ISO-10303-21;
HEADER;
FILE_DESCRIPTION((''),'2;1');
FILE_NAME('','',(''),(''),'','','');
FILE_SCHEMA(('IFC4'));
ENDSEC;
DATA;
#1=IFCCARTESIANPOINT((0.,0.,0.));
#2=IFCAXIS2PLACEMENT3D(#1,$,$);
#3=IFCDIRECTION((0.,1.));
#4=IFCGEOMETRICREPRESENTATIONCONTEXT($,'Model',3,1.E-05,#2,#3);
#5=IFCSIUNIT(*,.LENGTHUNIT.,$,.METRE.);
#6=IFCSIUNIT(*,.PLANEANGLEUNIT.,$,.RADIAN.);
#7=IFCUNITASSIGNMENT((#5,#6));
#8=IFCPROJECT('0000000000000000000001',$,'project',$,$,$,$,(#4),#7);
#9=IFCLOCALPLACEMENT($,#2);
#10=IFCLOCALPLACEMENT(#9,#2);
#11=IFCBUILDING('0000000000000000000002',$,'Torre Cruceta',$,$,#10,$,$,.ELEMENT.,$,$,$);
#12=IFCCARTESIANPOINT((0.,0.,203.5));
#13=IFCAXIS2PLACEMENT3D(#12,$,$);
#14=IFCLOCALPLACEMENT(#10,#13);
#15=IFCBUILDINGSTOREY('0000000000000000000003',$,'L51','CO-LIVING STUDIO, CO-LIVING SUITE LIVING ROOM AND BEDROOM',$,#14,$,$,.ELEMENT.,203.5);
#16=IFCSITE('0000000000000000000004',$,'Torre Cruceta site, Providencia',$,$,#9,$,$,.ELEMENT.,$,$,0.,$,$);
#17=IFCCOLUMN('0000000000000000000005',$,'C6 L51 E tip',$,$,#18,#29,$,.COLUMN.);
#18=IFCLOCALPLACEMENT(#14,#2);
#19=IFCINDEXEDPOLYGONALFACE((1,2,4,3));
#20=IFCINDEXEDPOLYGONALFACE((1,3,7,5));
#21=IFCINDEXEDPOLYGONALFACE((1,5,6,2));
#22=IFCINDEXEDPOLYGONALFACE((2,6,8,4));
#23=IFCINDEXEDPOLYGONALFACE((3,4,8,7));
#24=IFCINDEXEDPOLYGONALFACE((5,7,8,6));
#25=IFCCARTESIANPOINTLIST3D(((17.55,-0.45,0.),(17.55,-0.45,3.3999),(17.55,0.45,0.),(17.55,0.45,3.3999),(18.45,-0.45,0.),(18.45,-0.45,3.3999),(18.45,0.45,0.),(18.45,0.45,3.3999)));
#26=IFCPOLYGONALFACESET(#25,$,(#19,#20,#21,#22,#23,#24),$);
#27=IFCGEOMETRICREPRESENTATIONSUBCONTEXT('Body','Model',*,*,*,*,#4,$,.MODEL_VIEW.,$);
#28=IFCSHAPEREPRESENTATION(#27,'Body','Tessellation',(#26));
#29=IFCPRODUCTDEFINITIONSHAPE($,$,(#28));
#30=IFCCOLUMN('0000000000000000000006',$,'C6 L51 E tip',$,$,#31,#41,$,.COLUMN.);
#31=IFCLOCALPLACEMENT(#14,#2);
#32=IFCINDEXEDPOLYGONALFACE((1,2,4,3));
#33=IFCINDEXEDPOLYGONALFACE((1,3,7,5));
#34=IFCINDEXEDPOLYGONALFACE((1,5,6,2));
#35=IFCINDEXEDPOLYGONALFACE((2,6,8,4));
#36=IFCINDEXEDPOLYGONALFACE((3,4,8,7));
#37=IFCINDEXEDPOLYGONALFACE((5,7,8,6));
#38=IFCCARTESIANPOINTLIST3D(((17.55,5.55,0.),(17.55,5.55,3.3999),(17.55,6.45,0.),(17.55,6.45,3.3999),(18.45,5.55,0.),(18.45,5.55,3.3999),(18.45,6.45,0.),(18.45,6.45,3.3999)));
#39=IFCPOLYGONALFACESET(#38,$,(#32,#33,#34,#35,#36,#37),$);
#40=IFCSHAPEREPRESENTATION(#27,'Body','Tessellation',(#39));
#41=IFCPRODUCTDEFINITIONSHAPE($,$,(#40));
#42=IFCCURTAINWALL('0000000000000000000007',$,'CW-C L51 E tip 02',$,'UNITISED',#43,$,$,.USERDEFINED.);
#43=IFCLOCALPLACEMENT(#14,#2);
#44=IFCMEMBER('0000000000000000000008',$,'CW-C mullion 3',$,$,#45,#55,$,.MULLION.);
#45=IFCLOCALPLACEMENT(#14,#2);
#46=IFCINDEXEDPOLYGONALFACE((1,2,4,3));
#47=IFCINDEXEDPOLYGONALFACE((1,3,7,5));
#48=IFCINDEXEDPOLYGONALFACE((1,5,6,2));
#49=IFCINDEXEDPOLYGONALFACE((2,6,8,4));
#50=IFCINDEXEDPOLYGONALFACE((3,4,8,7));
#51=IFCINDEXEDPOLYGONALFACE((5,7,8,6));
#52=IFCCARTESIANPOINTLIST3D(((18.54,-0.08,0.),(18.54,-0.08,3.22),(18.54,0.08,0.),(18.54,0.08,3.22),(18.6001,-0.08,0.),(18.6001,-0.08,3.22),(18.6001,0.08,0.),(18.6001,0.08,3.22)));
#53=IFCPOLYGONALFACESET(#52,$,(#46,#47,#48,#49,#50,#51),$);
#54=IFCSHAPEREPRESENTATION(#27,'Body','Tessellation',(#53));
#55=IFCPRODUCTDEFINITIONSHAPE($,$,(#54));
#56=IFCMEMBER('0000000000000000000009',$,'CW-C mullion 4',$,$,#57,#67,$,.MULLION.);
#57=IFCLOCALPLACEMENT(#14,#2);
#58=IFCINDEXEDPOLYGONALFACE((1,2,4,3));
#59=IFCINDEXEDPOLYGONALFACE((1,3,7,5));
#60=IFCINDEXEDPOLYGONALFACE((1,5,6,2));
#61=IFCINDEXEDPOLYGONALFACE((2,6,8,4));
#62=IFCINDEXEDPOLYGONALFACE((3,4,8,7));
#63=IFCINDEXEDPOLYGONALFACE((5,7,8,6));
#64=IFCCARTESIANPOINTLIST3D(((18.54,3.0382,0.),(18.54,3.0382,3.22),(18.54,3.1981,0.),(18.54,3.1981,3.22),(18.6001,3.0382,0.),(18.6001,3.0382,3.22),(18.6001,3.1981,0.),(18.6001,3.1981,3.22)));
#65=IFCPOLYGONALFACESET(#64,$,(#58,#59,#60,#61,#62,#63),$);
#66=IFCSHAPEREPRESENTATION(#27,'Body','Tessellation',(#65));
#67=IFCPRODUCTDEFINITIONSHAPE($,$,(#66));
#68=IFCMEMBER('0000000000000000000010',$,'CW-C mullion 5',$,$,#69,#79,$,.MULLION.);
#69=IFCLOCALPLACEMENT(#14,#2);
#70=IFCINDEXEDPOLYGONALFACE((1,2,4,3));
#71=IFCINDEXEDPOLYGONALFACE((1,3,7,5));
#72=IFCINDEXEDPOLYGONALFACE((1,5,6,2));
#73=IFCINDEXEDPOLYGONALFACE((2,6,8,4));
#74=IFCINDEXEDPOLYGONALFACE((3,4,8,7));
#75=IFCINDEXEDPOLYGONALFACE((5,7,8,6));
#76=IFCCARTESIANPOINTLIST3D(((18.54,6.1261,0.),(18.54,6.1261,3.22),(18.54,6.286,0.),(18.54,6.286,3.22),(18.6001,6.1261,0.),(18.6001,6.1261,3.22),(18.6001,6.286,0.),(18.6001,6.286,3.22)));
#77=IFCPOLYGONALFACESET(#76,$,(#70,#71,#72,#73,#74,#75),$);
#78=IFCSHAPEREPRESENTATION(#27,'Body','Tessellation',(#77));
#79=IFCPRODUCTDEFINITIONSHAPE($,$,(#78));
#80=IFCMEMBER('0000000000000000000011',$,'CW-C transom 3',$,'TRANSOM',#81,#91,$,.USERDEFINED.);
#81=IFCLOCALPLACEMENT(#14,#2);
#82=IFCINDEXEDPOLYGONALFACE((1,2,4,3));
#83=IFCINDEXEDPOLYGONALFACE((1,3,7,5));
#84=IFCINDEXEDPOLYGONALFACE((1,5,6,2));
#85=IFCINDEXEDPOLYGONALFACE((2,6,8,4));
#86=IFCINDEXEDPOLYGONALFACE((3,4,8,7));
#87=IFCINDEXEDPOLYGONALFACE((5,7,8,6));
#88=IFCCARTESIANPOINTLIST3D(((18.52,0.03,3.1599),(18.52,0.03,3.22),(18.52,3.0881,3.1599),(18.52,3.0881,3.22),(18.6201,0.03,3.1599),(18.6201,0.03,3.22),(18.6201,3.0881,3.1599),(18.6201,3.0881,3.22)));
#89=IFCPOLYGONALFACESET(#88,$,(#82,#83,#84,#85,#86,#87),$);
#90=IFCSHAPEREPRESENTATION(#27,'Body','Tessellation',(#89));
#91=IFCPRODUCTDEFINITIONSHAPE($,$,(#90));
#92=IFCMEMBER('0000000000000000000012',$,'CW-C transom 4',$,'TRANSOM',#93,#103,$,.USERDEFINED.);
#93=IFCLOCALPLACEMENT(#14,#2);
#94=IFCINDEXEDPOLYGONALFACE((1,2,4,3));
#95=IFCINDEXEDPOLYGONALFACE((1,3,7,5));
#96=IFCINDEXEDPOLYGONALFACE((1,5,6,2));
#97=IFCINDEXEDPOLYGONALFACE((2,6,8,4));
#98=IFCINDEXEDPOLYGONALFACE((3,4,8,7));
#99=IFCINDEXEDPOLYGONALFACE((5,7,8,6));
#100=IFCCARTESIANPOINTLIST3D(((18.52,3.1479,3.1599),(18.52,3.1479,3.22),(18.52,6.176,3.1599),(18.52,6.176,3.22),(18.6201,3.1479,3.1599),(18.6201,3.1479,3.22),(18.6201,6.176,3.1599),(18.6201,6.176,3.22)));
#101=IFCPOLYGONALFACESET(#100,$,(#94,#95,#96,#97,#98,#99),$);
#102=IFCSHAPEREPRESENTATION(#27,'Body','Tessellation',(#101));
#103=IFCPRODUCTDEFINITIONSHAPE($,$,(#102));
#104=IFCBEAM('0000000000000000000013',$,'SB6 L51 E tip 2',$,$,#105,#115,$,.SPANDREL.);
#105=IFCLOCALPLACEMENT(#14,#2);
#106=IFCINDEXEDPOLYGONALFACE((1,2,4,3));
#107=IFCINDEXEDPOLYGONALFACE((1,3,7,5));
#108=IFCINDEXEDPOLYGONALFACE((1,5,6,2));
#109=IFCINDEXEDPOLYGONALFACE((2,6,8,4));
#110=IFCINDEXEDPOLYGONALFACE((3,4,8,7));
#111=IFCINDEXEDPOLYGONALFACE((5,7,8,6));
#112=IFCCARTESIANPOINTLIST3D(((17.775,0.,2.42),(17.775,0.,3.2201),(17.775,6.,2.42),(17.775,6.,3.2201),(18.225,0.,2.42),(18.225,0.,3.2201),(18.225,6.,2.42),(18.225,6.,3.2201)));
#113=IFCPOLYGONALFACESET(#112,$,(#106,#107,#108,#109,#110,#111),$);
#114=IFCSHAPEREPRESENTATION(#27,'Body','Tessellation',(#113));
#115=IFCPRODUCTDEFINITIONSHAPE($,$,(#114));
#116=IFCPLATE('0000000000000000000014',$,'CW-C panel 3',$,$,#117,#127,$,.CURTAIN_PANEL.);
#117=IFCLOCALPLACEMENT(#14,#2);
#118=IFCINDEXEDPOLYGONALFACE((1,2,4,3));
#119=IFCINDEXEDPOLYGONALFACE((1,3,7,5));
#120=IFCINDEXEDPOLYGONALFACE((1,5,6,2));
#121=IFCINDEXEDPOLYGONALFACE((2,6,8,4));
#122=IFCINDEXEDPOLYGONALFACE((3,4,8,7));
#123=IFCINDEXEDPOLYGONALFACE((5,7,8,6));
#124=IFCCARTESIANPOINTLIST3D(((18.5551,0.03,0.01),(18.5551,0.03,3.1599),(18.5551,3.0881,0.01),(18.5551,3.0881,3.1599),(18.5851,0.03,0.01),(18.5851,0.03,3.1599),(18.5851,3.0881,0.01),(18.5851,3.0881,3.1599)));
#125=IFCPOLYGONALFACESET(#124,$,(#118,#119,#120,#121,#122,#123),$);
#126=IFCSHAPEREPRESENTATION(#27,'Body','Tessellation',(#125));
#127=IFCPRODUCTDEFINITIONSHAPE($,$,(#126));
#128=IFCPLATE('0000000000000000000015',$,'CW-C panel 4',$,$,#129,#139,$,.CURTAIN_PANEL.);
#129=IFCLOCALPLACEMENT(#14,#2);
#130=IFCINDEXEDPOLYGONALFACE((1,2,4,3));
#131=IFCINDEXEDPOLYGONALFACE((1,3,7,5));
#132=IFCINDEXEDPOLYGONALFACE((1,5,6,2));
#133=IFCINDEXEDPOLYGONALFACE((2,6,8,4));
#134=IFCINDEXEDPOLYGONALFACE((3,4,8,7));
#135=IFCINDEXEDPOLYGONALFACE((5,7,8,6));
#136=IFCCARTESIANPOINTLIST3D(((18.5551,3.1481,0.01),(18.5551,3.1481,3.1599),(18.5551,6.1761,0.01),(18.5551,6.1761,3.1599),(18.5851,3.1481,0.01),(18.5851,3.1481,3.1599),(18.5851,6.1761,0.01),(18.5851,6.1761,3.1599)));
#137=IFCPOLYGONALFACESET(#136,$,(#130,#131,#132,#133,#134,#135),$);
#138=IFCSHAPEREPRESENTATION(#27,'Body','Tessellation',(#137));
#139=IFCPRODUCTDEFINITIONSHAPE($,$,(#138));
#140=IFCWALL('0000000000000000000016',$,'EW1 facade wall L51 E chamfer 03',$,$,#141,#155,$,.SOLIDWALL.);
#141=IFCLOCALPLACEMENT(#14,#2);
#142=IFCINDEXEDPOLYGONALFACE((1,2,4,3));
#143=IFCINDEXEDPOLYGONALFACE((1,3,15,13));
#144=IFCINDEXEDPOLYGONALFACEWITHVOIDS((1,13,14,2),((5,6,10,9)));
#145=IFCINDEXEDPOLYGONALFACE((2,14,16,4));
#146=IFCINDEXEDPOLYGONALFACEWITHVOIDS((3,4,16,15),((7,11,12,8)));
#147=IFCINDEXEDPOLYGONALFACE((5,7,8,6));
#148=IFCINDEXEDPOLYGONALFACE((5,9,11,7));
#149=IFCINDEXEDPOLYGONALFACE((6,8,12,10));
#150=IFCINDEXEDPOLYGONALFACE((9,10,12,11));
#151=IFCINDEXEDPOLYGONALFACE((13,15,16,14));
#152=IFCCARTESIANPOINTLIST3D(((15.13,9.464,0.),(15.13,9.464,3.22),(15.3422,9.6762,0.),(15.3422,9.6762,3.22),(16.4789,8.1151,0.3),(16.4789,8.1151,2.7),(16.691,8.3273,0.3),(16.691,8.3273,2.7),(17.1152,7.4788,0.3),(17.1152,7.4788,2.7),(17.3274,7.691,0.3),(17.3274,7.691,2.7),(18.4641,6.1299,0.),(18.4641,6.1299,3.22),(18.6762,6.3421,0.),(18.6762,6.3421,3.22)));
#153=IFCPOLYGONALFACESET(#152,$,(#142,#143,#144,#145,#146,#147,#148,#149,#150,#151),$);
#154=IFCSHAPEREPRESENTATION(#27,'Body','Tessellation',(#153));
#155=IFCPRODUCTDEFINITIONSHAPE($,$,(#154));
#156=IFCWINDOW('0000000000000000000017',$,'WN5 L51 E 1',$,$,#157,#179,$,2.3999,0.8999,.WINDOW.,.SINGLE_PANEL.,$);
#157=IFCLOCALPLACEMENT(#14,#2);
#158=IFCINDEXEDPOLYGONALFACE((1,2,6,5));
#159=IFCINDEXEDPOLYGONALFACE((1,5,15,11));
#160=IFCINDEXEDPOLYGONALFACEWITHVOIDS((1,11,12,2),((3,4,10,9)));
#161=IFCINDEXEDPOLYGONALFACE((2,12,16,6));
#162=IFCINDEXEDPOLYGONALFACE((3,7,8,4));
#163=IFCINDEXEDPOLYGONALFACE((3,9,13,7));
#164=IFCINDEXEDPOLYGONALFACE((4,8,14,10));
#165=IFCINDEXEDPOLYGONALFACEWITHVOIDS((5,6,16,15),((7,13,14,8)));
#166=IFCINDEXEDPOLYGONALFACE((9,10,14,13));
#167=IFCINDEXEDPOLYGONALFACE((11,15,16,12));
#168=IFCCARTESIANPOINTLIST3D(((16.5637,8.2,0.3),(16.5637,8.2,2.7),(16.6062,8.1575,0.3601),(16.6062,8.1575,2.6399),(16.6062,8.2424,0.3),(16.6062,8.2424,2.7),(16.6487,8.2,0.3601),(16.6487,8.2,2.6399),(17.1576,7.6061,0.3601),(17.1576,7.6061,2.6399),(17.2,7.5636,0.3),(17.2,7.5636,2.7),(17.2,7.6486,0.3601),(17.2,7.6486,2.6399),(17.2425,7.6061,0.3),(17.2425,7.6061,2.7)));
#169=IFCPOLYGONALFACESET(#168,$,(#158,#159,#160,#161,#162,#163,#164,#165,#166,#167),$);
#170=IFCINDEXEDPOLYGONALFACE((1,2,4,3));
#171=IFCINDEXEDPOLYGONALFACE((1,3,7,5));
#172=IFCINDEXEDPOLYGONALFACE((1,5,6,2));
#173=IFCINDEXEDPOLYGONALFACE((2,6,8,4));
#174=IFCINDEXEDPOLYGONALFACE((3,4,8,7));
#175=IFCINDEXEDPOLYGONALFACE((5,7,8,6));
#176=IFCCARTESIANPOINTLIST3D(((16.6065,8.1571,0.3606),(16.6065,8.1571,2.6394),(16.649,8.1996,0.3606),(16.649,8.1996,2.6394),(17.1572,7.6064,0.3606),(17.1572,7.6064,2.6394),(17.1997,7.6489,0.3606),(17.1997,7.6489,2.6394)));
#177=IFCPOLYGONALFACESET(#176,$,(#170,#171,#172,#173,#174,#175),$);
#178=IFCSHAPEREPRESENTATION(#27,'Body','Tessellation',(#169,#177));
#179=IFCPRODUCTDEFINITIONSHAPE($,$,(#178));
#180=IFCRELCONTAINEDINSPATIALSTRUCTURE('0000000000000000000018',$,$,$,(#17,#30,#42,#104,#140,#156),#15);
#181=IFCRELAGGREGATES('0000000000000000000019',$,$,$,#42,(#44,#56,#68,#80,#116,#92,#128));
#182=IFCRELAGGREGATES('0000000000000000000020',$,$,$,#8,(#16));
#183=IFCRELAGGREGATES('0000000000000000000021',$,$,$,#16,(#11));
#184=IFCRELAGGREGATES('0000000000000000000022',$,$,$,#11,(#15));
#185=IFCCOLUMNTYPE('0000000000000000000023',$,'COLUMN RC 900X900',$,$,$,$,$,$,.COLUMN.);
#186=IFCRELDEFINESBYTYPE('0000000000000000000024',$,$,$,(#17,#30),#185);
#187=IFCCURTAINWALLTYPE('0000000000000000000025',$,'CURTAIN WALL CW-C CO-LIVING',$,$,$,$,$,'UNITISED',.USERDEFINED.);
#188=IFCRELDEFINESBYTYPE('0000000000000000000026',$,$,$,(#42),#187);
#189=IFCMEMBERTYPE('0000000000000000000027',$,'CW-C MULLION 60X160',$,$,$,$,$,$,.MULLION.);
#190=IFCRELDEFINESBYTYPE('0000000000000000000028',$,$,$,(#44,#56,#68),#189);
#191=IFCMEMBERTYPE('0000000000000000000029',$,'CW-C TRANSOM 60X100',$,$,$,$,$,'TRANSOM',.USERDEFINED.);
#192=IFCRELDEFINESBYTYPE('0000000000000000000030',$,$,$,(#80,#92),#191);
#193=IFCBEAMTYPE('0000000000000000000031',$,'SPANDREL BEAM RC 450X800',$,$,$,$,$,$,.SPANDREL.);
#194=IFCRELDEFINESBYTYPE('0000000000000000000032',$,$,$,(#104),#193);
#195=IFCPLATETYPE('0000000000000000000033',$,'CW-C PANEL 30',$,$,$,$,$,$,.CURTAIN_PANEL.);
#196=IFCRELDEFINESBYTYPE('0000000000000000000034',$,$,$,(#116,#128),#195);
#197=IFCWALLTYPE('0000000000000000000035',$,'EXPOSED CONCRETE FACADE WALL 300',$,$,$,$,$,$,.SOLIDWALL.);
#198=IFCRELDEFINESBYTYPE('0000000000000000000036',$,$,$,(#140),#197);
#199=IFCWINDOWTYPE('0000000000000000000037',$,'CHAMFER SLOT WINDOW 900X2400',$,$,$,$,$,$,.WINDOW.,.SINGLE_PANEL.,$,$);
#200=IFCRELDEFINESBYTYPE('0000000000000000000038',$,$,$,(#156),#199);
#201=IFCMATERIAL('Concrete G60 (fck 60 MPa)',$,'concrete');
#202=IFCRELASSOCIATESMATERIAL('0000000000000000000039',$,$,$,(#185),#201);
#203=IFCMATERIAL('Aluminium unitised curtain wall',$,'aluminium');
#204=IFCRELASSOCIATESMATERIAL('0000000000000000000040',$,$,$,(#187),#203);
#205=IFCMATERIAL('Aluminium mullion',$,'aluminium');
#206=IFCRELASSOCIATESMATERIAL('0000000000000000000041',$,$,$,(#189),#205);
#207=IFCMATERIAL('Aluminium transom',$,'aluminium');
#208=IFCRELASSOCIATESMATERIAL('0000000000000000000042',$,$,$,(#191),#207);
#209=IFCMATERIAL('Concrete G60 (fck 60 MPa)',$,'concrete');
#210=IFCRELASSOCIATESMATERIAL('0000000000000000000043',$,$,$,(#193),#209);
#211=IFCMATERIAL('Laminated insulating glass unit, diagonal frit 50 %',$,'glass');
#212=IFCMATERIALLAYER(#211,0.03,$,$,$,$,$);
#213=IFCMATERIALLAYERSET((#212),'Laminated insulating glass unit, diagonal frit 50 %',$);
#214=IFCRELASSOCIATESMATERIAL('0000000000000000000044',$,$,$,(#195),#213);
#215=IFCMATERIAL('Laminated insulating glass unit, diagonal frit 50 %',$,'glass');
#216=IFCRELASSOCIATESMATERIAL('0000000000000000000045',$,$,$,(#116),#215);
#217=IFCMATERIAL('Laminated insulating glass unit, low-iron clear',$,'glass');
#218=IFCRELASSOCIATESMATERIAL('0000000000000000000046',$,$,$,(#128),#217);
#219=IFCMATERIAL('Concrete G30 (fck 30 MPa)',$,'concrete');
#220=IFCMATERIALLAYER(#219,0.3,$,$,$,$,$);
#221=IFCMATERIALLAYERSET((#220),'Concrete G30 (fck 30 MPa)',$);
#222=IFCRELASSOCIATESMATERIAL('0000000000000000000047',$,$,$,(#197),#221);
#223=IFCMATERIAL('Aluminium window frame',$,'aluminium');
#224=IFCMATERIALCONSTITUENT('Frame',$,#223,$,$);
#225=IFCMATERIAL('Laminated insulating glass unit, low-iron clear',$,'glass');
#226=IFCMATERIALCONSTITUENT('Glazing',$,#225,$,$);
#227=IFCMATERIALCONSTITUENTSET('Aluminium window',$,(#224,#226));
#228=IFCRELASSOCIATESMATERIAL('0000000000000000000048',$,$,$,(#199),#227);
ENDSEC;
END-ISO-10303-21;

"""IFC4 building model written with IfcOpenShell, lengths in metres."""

from ifc_helpers import new_model, si_unit, direction, frame, frame_2d, origin, origin_2d, place, context, subcontext, project, spatial, rectangle, hollow_rectangle, extrude, material, layer, layer_set, constituent, constituent_set, material_profile, profile_set, type_object, element, fill, aggregate, save


model = new_model("IFC4")

# Units and contexts
model_context = context("Model", 3, precision=1e-05, world=origin(), true_north=direction((0.0, 1.0)))
body_context = subcontext(model_context, "Body", "Model", "MODEL_VIEW")
ifc_project = project(units=[si_unit("LENGTHUNIT", "METRE"), si_unit("PLANEANGLEUNIT", "RADIAN")], contexts=[model_context])

# Site, building, storey
site_placement = place(None, origin())
site = spatial("IfcSite", under=ifc_project, at=site_placement, Name="Torre Cruceta site, Providencia", CompositionType="ELEMENT", RefElevation=0.0)
building_placement = place(site_placement, origin())
building = spatial("IfcBuilding", under=site, at=building_placement, Name="Torre Cruceta", CompositionType="ELEMENT")
storey_placement = place(building_placement, frame((0.0, 0.0, 203.5)))
storey = spatial("IfcBuildingStorey", under=building, at=storey_placement, Name="L51", Description="CO-LIVING STUDIO, CO-LIVING SUITE LIVING ROOM AND BEDROOM", CompositionType="ELEMENT", Elevation=203.5)

# Columns
ifc_material_1 = material(Name="Concrete G60 (fck 60 MPa)", Category="concrete")
ifc_material_profile_1 = material_profile(ifc_material_1, rectangle(XDim=0.8999, YDim=0.8999, at=origin_2d()), Name="RC 900X900")
ifc_profile_set_1 = profile_set([ifc_material_profile_1], Name="Concrete G60 (fck 60 MPa)")
column_type = type_object("IfcColumnType", Name="COLUMN RC 900X900", PredefinedType="COLUMN", material=ifc_profile_set_1)
for number, where, z_axis, x_axis, name in (
    (1, (18.0, 0.0, 0.0), (0.0, 0.0, 1.0), (1.0, 0.0, 0.0), "C6 L51 E tip"),
    (2, (18.0, 6.0, 0.0), (0.0, 0.0, 1.0), (1.0, 0.0, 0.0), "C6 L51 E tip"),
):
    element("IfcColumn", number, at=place(storey_placement, frame(where, z_axis=z_axis, x_axis=x_axis)), inside=storey, type_object=column_type, Name=name, PredefinedType="COLUMN", context=body_context, shape_type="SweptSolid", body=[
        extrude(rectangle(XDim=0.8999, YDim=0.8999, at=origin_2d()), origin(), (0.0, 0.0, 1.0), 3.3999),
    ])

# Curtain wall, members
ifc_material_2 = material(Name="Aluminium unitised curtain wall", Category="aluminium")
curtain_wall_type = type_object("IfcCurtainWallType", Name="CURTAIN WALL CW-C CO-LIVING", ElementType="UNITISED", PredefinedType="USERDEFINED", material=ifc_material_2)
curtain_wall_placement = place(storey_placement, origin())
curtain_wall = element("IfcCurtainWall", 3, at=curtain_wall_placement, inside=storey, type_object=curtain_wall_type, Name="CW-C L51 E tip 02", ObjectType="UNITISED", PredefinedType="USERDEFINED")
ifc_material_3 = material(Name="Aluminium mullion", Category="aluminium")
ifc_material_profile_2 = material_profile(ifc_material_3, rectangle(XDim=0.0601, YDim=0.1599, at=origin_2d()), Name="AL 60X160")
ifc_profile_set_2 = profile_set([ifc_material_profile_2], Name="Aluminium mullion")
member_type_1 = type_object("IfcMemberType", Name="CW-C MULLION 60X160", PredefinedType="MULLION", material=ifc_profile_set_2)
member_1_placement = place(storey_placement, frame((18.5701, 0.0, 0.0), z_axis=(0.0, 0.0, 1.0), x_axis=(-1.0, 0.0, 0.0)))
member_1 = element("IfcMember", 4, at=member_1_placement, type_object=member_type_1, Name="CW-C mullion 3", PredefinedType="MULLION", context=body_context, shape_type="SweptSolid", body=[
    extrude(rectangle(XDim=0.0601, YDim=0.1599, at=origin_2d()), origin(), (0.0, 0.0, 1.0), 3.22),
])
member_2_placement = place(storey_placement, frame((18.5701, 3.1182, 0.0), z_axis=(0.0, 0.0, 1.0), x_axis=(-1.0, 0.0, 0.0)))
member_2 = element("IfcMember", 5, at=member_2_placement, type_object=member_type_1, Name="CW-C mullion 4", PredefinedType="MULLION", context=body_context, shape_type="SweptSolid", body=[
    extrude(rectangle(XDim=0.0601, YDim=0.1599, at=origin_2d()), origin(), (0.0, 0.0, 1.0), 3.22),
])
member_3_placement = place(storey_placement, frame((18.5701, 6.2061, 0.0), z_axis=(0.0, 0.0, 1.0), x_axis=(-1.0, 0.0, 0.0)))
member_3 = element("IfcMember", 6, at=member_3_placement, type_object=member_type_1, Name="CW-C mullion 5", PredefinedType="MULLION", context=body_context, shape_type="SweptSolid", body=[
    extrude(rectangle(XDim=0.0601, YDim=0.1599, at=origin_2d()), origin(), (0.0, 0.0, 1.0), 3.22),
])
ifc_material_4 = material(Name="Aluminium transom", Category="aluminium")
ifc_material_profile_3 = material_profile(ifc_material_4, rectangle(XDim=0.1001, YDim=0.0601, at=origin_2d()), Name="AL 100X60")
ifc_profile_set_3 = profile_set([ifc_material_profile_3], Name="Aluminium transom")
member_type_2 = type_object("IfcMemberType", Name="CW-C TRANSOM 60X100", ElementType="TRANSOM", PredefinedType="USERDEFINED", material=ifc_profile_set_3)
member_4_placement = place(storey_placement, frame((18.5701, 0.03, 3.1899), z_axis=(0.0, 1.0, 0.0), x_axis=(-1.0, 0.0, 0.0)))
member_4 = element("IfcMember", 7, at=member_4_placement, type_object=member_type_2, Name="CW-C transom 3", ObjectType="TRANSOM", PredefinedType="USERDEFINED", context=body_context, shape_type="SweptSolid", body=[
    extrude(rectangle(XDim=0.1001, YDim=0.0601, at=origin_2d()), origin(), (0.0, 0.0, 1.0), 3.0581),
])
member_5_placement = place(storey_placement, frame((18.5701, 3.1479, 3.1899), z_axis=(0.0, 1.0, 0.0), x_axis=(-1.0, 0.0, 0.0)))
member_5 = element("IfcMember", 8, at=member_5_placement, type_object=member_type_2, Name="CW-C transom 4", ObjectType="TRANSOM", PredefinedType="USERDEFINED", context=body_context, shape_type="SweptSolid", body=[
    extrude(rectangle(XDim=0.1001, YDim=0.0601, at=origin_2d()), origin(), (0.0, 0.0, 1.0), 3.0281),
])

# Beam
ifc_material_5 = material(Name="Concrete G60 (fck 60 MPa)", Category="concrete")
ifc_material_profile_4 = material_profile(ifc_material_5, rectangle(XDim=0.45, YDim=0.8, at=origin_2d()), Name="RC 450X800")
ifc_profile_set_4 = profile_set([ifc_material_profile_4], Name="Concrete G60 (fck 60 MPa)")
beam_type = type_object("IfcBeamType", Name="SPANDREL BEAM RC 450X800", PredefinedType="SPANDREL", material=ifc_profile_set_4)
beam_placement = place(storey_placement, frame((18.0, 0.0, 2.8201), z_axis=(0.0, 1.0, 0.0), x_axis=(-1.0, 0.0, 0.0)))
element("IfcBeam", 9, at=beam_placement, inside=storey, type_object=beam_type, Name="SB6 L51 E tip 2", PredefinedType="SPANDREL", context=body_context, shape_type="SweptSolid", body=[
    extrude(rectangle(XDim=0.45, YDim=0.8, at=origin_2d()), origin(), (0.0, 0.0, 1.0), 6.0),
])

# Plates
ifc_material_6 = material(Name="Laminated insulating glass unit, diagonal frit 50 %", Category="glass")
ifc_material_7 = material(Name="Laminated insulating glass unit, diagonal frit 50 %", Category="glass")
ifc_layer_1 = layer(ifc_material_7, 0.03)
ifc_layer_set_1 = layer_set([ifc_layer_1], Name="Laminated insulating glass unit, diagonal frit 50 %")
plate_type = type_object("IfcPlateType", Name="CW-C PANEL 30", PredefinedType="CURTAIN_PANEL", material=ifc_layer_set_1)
plate_1_placement = place(storey_placement, frame((18.5701, 1.5591, 0.01), z_axis=(0.0, 0.0, 1.0), x_axis=(0.0, 1.0, 0.0)))
plate_1 = element("IfcPlate", 10, at=plate_1_placement, type_object=plate_type, material=ifc_material_6, Name="CW-C panel 3", PredefinedType="CURTAIN_PANEL", context=body_context, shape_type="SweptSolid", body=[
    extrude(rectangle(XDim=3.0581, YDim=0.03, at=origin_2d()), origin(), (0.0, 0.0, 1.0), 3.1499),
])
ifc_material_8 = material(Name="Laminated insulating glass unit, low-iron clear", Category="glass")
plate_2_placement = place(storey_placement, frame((18.5701, 4.6621, 0.01), z_axis=(0.0, 0.0, 1.0), x_axis=(0.0, 1.0, 0.0)))
plate_2 = element("IfcPlate", 11, at=plate_2_placement, type_object=plate_type, material=ifc_material_8, Name="CW-C panel 4", PredefinedType="CURTAIN_PANEL", context=body_context, shape_type="SweptSolid", body=[
    extrude(rectangle(XDim=3.0281, YDim=0.03, at=origin_2d()), origin(), (0.0, 0.0, 1.0), 3.1499),
])
aggregate(curtain_wall, [member_1, member_2, member_3, member_4, plate_1, member_5, plate_2])

# Wall, opening, window
ifc_material_9 = material(Name="Concrete G30 (fck 30 MPa)", Category="concrete")
ifc_layer_2 = layer(ifc_material_9, 0.3)
ifc_layer_set_2 = layer_set([ifc_layer_2], Name="Concrete G30 (fck 30 MPa)")
wall_type_1 = type_object("IfcWallType", Name="EXPOSED CONCRETE FACADE WALL 300", PredefinedType="SOLIDWALL", material=ifc_layer_set_2)
wall_1_placement = place(storey_placement, frame((18.5701, 6.2361, 0.0), z_axis=(0.0, 0.0, 1.0), x_axis=(-0.707107, 0.707107, 0.0)))
wall_1 = element("IfcWall", 12, at=wall_1_placement, inside=storey, type_object=wall_type_1, Name="EW1 facade wall L51 E chamfer 03", PredefinedType="SOLIDWALL", context=body_context, shape_type="SweptSolid", body=[
    extrude(rectangle(XDim=4.7151, YDim=0.3, at=frame_2d((2.3574, 0.0))), origin(), (0.0, 0.0, 1.0), 3.22),
])
opening_1_placement = place(wall_1_placement, frame((1.9075, 0.0, 0.3)))
opening_1 = element("IfcOpeningElement", 13, at=opening_1_placement, cuts=wall_1, PredefinedType="OPENING", context=body_context, shape_type="SweptSolid", body=[
    extrude(rectangle(XDim=0.8999, YDim=2.3999, at=frame_2d((0.45, 1.2))), frame((0.0, 0.1599, 0.0), z_axis=(0.0, -1.0, 0.0), x_axis=(1.0, 0.0, 0.0)), (0.0, 0.0, 1.0), 0.3201),
])
ifc_material_10 = material(Name="Aluminium window frame", Category="aluminium")
ifc_constituent_1 = constituent(ifc_material_10, Name="Frame")
ifc_material_11 = material(Name="Laminated insulating glass unit, low-iron clear", Category="glass")
ifc_constituent_2 = constituent(ifc_material_11, Name="Glazing")
ifc_constituent_set_1 = constituent_set(constituents=[ifc_constituent_1, ifc_constituent_2], Name="Aluminium window")
window_type = type_object("IfcWindowType", Name="CHAMFER SLOT WINDOW 900X2400", PartitioningType="SINGLE_PANEL", PredefinedType="WINDOW", material=ifc_constituent_set_1)
window_placement = place(opening_1_placement, origin())
window = element("IfcWindow", 14, at=window_placement, inside=storey, type_object=window_type, Name="WN5 L51 E 1", OverallHeight=2.3999, OverallWidth=0.8999, PartitioningType="SINGLE_PANEL", PredefinedType="WINDOW", context=body_context, shape_type="SweptSolid", body=[
    extrude(hollow_rectangle(XDim=0.8999, YDim=2.3999, WallThickness=0.0601, at=frame_2d((0.45, 1.2))), frame((0.0, 0.03, 0.0), z_axis=(0.0, -1.0, 0.0), x_axis=(1.0, 0.0, 0.0)), (0.0, 0.0, 1.0), 0.0601),
    extrude(rectangle(XDim=0.7788, YDim=2.2788, at=frame_2d((0.45, 1.2))), frame((0.0, 0.03, 0.0), z_axis=(0.0, -1.0, 0.0), x_axis=(1.0, 0.0, 0.0)), (0.0, 0.0, 1.0), 0.0601),
])
fill(opening_1, window)

save(model, "model.ifc")
